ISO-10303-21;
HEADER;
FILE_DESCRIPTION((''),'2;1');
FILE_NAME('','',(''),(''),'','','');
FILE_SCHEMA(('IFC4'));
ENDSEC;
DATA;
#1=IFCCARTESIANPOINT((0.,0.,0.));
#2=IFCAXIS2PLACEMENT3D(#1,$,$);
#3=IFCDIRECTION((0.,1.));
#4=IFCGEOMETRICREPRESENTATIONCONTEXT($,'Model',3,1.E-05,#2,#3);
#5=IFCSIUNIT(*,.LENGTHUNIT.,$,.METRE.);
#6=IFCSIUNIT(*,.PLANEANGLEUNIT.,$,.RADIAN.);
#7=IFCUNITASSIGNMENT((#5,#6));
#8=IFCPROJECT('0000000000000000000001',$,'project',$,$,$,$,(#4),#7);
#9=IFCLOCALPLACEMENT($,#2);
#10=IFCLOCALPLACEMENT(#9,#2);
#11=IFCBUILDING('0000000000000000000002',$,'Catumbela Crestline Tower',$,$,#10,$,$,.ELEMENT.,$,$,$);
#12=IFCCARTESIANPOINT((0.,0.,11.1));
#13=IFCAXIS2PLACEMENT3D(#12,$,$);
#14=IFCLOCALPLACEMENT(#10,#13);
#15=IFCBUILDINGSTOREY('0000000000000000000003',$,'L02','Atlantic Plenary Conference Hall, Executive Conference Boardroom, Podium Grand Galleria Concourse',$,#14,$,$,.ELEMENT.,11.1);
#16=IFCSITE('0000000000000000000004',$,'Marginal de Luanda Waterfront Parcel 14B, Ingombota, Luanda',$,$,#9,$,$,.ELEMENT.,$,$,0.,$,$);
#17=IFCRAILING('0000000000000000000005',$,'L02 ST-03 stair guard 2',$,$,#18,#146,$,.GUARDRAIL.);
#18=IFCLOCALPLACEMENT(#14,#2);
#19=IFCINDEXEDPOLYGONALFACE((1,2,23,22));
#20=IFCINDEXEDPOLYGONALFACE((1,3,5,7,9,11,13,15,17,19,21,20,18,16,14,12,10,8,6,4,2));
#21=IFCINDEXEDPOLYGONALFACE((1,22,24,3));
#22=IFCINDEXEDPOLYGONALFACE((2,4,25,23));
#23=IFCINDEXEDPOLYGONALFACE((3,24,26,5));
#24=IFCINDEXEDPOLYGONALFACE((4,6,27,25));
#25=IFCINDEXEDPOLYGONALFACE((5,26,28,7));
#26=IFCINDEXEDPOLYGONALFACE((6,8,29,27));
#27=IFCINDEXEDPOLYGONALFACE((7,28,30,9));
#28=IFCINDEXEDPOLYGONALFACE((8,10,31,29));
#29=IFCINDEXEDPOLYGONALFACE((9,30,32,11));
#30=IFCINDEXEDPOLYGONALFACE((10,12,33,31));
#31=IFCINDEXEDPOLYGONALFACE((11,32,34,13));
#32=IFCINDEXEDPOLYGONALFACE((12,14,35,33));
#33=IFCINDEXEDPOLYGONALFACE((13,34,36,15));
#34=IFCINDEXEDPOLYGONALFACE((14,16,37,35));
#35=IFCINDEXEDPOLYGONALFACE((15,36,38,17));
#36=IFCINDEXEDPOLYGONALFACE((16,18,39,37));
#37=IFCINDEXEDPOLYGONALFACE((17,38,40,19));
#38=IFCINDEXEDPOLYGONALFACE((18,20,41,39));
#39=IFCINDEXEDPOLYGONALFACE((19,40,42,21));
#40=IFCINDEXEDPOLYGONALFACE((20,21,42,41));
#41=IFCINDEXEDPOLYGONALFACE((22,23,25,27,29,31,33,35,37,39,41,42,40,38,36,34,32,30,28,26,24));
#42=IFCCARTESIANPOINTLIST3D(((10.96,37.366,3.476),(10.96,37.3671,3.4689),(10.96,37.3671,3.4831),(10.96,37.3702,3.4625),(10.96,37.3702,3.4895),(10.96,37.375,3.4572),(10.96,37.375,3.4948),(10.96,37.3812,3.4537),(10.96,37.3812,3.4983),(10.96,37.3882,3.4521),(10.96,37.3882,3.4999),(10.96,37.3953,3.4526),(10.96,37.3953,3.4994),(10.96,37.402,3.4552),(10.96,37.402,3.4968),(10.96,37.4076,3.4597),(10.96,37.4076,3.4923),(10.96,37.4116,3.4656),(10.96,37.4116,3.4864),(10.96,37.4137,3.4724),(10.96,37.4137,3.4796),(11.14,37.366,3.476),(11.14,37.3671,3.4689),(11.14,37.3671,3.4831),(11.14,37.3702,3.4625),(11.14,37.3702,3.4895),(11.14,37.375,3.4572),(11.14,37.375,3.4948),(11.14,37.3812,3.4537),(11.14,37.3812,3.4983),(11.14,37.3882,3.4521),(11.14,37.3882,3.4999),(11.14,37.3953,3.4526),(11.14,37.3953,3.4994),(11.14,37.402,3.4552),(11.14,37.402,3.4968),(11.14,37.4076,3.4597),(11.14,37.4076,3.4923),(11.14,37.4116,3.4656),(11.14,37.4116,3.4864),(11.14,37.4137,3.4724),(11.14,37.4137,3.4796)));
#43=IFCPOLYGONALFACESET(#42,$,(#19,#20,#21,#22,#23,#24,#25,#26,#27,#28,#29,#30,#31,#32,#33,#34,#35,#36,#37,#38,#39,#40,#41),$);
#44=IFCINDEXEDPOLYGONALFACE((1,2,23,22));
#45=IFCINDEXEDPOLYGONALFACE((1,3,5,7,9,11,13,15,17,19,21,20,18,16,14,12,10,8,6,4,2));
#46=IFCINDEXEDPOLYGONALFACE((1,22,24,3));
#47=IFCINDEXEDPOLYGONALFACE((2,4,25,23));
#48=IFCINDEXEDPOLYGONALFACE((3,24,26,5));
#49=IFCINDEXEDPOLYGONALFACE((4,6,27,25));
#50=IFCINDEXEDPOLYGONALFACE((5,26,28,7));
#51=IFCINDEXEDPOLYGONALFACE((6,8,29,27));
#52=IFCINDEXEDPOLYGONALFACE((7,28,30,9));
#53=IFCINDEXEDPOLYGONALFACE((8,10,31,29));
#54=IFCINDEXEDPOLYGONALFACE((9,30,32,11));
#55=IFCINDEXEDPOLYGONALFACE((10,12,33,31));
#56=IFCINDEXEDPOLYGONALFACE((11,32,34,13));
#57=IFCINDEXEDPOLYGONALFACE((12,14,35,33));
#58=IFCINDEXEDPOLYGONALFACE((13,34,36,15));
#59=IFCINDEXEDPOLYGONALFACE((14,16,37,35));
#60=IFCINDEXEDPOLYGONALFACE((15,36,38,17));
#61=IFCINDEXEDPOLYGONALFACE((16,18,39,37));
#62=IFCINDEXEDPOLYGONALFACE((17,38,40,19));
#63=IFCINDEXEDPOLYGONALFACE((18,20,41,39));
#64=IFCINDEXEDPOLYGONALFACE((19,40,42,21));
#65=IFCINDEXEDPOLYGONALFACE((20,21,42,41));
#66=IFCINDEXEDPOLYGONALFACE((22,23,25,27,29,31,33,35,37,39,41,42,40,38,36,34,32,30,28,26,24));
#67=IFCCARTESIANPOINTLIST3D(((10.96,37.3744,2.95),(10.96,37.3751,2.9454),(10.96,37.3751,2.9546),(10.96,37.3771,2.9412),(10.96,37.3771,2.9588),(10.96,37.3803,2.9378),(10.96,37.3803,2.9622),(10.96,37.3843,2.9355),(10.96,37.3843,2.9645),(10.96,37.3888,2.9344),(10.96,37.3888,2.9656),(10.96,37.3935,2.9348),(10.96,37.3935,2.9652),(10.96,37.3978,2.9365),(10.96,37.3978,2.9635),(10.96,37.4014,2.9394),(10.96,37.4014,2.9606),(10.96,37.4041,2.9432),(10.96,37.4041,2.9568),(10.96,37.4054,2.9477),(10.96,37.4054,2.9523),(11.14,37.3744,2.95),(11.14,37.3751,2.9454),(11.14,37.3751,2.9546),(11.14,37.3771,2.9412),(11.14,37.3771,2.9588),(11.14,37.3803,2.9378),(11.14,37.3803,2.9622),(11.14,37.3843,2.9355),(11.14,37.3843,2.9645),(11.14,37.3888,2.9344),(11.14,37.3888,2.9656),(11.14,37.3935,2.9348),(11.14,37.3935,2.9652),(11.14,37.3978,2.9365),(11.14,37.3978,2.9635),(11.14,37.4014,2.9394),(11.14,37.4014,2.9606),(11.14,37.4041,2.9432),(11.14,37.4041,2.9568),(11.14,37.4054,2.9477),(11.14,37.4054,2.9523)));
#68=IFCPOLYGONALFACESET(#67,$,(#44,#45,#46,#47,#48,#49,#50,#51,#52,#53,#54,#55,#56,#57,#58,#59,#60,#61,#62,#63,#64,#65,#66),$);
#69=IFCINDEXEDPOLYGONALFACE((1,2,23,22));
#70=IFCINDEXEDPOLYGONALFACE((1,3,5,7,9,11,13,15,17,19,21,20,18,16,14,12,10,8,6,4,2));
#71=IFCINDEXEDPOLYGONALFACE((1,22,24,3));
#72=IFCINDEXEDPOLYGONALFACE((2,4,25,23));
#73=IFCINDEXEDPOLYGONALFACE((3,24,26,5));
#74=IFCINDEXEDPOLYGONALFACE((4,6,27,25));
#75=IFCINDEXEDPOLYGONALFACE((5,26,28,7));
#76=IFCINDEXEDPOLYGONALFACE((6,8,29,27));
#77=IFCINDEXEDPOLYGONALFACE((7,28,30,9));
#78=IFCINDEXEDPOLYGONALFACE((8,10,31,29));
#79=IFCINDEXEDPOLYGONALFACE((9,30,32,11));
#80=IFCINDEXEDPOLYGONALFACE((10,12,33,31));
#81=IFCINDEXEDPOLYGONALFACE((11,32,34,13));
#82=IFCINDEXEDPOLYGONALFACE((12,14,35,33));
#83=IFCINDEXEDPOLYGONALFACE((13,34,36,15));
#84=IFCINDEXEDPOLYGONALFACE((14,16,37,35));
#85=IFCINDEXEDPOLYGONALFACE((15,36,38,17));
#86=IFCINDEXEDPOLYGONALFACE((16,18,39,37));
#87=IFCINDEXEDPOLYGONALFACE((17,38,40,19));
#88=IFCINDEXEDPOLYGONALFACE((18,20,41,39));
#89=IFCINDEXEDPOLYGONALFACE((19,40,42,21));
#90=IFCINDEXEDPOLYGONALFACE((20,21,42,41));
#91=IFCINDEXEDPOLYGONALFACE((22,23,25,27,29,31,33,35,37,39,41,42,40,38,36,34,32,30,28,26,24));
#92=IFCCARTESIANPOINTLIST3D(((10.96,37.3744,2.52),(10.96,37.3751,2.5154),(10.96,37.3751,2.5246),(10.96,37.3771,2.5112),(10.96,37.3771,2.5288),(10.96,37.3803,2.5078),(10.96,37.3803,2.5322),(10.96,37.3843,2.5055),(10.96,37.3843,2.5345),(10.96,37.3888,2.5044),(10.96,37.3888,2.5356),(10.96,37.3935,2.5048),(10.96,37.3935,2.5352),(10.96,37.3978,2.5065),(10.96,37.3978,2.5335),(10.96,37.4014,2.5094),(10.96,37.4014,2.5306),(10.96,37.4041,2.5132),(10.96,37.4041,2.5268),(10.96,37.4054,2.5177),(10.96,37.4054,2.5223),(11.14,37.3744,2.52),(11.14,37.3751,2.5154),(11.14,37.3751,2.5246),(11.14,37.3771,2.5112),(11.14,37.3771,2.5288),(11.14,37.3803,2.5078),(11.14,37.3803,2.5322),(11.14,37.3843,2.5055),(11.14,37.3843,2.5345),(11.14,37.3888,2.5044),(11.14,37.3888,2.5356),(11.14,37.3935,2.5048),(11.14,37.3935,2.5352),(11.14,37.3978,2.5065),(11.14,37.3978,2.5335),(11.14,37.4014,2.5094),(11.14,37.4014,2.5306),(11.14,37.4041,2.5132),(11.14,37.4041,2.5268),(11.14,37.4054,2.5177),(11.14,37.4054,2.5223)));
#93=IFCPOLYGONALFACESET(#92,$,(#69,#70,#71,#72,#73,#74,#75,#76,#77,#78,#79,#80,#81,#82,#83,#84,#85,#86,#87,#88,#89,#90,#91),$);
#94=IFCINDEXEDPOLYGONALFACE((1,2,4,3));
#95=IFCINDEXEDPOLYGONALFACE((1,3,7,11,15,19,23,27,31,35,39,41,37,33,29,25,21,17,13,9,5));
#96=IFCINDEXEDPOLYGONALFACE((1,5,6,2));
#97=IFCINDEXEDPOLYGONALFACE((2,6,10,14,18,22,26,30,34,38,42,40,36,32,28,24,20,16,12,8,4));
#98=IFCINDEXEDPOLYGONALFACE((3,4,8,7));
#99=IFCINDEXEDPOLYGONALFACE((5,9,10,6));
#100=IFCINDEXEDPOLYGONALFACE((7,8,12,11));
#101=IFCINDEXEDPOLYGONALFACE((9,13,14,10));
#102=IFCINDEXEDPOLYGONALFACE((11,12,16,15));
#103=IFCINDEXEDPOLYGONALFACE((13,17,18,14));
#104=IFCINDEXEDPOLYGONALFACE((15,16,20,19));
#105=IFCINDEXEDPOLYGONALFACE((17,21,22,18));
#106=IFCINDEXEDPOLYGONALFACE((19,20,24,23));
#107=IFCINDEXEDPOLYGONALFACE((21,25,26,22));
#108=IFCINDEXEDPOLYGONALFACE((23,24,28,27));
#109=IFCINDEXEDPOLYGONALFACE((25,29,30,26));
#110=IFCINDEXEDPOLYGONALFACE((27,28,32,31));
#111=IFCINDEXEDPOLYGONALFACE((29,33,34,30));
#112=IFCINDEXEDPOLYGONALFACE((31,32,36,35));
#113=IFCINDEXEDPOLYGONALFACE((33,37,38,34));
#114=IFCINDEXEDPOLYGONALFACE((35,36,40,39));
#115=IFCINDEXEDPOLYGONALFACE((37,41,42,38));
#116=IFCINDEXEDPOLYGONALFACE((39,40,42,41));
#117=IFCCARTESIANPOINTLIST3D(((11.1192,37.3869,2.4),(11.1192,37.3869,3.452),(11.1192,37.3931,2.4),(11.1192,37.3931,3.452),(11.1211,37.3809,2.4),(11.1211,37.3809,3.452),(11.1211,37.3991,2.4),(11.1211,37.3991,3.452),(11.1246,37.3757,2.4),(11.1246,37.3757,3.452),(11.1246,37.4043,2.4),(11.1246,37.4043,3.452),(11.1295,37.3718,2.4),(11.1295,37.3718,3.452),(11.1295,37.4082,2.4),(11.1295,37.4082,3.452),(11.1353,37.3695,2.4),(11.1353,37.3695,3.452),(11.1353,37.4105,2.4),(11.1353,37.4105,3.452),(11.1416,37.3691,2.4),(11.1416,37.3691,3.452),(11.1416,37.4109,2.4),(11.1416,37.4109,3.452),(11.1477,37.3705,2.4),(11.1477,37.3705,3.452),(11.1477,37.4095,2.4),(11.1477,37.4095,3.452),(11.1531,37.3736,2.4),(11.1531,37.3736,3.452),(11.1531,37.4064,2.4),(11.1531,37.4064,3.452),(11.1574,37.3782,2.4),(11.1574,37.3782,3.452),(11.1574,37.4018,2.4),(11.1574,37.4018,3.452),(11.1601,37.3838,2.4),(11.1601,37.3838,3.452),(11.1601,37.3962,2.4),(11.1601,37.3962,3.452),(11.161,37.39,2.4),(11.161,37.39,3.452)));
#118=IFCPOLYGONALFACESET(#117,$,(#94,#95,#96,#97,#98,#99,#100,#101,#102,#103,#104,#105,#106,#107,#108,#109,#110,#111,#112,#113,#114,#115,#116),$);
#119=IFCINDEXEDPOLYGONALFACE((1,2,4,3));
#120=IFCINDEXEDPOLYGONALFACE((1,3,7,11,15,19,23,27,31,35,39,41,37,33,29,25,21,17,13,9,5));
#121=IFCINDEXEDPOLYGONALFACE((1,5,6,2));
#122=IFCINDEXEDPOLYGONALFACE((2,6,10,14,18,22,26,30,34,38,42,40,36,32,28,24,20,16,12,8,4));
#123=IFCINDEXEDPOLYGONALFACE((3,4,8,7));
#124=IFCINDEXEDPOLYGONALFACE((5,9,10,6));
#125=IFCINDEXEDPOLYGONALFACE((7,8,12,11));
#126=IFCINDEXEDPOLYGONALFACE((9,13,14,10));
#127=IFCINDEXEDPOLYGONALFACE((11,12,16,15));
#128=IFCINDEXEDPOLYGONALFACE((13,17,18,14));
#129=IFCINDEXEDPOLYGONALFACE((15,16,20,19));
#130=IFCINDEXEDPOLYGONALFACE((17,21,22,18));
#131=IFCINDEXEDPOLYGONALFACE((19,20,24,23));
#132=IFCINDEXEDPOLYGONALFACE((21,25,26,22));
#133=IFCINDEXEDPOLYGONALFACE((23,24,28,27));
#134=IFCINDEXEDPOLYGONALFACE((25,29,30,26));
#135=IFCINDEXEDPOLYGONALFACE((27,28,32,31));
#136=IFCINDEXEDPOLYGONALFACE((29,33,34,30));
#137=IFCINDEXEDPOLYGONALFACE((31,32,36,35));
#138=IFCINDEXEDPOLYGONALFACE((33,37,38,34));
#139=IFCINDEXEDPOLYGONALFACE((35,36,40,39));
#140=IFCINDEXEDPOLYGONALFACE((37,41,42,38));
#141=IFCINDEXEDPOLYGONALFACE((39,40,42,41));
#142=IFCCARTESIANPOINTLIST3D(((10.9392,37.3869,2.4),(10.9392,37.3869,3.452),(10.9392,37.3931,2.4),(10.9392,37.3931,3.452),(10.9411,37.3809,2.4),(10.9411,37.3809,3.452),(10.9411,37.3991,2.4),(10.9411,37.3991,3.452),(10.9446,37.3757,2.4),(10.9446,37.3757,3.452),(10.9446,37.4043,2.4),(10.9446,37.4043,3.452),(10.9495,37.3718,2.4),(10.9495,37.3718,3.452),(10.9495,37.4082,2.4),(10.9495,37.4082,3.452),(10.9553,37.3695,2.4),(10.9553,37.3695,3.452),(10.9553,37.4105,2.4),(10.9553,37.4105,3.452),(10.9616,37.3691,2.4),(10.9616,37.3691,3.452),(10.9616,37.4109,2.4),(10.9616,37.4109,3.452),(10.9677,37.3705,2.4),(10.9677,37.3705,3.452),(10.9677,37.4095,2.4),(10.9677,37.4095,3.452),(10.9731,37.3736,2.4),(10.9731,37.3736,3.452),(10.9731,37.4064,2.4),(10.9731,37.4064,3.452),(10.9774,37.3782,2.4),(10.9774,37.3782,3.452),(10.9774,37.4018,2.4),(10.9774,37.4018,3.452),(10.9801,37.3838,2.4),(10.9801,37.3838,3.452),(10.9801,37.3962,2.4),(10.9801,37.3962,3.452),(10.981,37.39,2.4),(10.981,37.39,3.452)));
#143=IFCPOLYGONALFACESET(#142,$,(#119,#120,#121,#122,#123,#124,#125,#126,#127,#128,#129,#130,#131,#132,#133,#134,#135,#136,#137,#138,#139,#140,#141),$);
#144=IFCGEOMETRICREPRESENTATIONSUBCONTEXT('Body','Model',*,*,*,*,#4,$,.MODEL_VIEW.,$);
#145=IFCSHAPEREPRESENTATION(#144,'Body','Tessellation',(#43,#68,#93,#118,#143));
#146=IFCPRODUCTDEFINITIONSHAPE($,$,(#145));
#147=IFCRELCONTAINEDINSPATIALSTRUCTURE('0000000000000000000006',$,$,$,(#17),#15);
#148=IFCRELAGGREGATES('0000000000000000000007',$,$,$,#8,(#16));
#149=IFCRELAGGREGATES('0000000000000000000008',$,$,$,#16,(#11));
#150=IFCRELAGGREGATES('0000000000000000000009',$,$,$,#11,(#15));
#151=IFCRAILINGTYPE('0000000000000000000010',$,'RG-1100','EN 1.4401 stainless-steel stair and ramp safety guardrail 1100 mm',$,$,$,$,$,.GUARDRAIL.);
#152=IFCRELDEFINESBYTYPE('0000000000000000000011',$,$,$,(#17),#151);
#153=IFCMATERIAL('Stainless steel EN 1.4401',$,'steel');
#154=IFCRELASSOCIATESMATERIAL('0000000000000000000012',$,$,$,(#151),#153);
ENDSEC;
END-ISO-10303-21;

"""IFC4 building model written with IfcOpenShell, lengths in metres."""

from ifc_helpers import new_model, si_unit, direction, frame, origin, origin_2d, place, context, subcontext, project, spatial, circle, extrude, material, type_object, element, save


model = new_model("IFC4")

# Units and contexts
model_context = context("Model", 3, precision=1e-05, world=origin(), true_north=direction((0.0, 1.0)))
body_context = subcontext(model_context, "Body", "Model", "MODEL_VIEW")
ifc_project = project(units=[si_unit("LENGTHUNIT", "METRE"), si_unit("PLANEANGLEUNIT", "RADIAN")], contexts=[model_context])

# Site, building, storey
site_placement = place(None, origin())
site = spatial("IfcSite", under=ifc_project, at=site_placement, Name="Marginal de Luanda Waterfront Parcel 14B, Ingombota, Luanda", CompositionType="ELEMENT", RefElevation=0.0)
building_placement = place(site_placement, origin())
building = spatial("IfcBuilding", under=site, at=building_placement, Name="Catumbela Crestline Tower", CompositionType="ELEMENT")
storey_placement = place(building_placement, frame((0.0, 0.0, 11.1)))
storey = spatial("IfcBuildingStorey", under=building, at=storey_placement, Name="L02", Description="Atlantic Plenary Conference Hall, Executive Conference Boardroom, Podium Grand Galleria Concourse", CompositionType="ELEMENT", Elevation=11.1)

# Shared definitions
ifc_material_1 = material(Name="Stainless steel EN 1.4401", Category="steel")

# Railing
railing_type_1 = type_object("IfcRailingType", Name="RG-1100", Description="EN 1.4401 stainless-steel stair and ramp safety guardrail 1100 mm", PredefinedType="GUARDRAIL", material=ifc_material_1)
railing_1_placement = place(storey_placement, frame((11.14, 37.39, 2.4)))
element("IfcRailing", 1, at=railing_1_placement, inside=storey, type_object=railing_type_1, Name="L02 ST-03 stair guard 2", PredefinedType="GUARDRAIL", context=body_context, shape_type="SweptSolid", body=[
    extrude(circle(Radius=0.024, at=origin_2d()), frame((0.0, 0.0, 1.076), z_axis=(-1.0, 0.0, 0.0), x_axis=(0.0, -1.0, 0.0)), (0.0, 0.0, 1.0), 0.18),
    extrude(circle(Radius=0.0156, at=origin_2d()), frame((0.0, 0.0, 0.55), z_axis=(-1.0, 0.0, 0.0), x_axis=(0.0, -1.0, 0.0)), (0.0, 0.0, 1.0), 0.18),
    extrude(circle(Radius=0.0156, at=origin_2d()), frame((0.0, 0.0, 0.12), z_axis=(-1.0, 0.0, 0.0), x_axis=(0.0, -1.0, 0.0)), (0.0, 0.0, 1.0), 0.18),
    extrude(circle(Radius=0.021, at=origin_2d()), origin(), (0.0, 0.0, 1.0), 1.052),
    extrude(circle(Radius=0.021, at=origin_2d()), frame((-0.18, 0.0, 0.0)), (0.0, 0.0, 1.0), 1.052),
])

save(model, "model.ifc")
